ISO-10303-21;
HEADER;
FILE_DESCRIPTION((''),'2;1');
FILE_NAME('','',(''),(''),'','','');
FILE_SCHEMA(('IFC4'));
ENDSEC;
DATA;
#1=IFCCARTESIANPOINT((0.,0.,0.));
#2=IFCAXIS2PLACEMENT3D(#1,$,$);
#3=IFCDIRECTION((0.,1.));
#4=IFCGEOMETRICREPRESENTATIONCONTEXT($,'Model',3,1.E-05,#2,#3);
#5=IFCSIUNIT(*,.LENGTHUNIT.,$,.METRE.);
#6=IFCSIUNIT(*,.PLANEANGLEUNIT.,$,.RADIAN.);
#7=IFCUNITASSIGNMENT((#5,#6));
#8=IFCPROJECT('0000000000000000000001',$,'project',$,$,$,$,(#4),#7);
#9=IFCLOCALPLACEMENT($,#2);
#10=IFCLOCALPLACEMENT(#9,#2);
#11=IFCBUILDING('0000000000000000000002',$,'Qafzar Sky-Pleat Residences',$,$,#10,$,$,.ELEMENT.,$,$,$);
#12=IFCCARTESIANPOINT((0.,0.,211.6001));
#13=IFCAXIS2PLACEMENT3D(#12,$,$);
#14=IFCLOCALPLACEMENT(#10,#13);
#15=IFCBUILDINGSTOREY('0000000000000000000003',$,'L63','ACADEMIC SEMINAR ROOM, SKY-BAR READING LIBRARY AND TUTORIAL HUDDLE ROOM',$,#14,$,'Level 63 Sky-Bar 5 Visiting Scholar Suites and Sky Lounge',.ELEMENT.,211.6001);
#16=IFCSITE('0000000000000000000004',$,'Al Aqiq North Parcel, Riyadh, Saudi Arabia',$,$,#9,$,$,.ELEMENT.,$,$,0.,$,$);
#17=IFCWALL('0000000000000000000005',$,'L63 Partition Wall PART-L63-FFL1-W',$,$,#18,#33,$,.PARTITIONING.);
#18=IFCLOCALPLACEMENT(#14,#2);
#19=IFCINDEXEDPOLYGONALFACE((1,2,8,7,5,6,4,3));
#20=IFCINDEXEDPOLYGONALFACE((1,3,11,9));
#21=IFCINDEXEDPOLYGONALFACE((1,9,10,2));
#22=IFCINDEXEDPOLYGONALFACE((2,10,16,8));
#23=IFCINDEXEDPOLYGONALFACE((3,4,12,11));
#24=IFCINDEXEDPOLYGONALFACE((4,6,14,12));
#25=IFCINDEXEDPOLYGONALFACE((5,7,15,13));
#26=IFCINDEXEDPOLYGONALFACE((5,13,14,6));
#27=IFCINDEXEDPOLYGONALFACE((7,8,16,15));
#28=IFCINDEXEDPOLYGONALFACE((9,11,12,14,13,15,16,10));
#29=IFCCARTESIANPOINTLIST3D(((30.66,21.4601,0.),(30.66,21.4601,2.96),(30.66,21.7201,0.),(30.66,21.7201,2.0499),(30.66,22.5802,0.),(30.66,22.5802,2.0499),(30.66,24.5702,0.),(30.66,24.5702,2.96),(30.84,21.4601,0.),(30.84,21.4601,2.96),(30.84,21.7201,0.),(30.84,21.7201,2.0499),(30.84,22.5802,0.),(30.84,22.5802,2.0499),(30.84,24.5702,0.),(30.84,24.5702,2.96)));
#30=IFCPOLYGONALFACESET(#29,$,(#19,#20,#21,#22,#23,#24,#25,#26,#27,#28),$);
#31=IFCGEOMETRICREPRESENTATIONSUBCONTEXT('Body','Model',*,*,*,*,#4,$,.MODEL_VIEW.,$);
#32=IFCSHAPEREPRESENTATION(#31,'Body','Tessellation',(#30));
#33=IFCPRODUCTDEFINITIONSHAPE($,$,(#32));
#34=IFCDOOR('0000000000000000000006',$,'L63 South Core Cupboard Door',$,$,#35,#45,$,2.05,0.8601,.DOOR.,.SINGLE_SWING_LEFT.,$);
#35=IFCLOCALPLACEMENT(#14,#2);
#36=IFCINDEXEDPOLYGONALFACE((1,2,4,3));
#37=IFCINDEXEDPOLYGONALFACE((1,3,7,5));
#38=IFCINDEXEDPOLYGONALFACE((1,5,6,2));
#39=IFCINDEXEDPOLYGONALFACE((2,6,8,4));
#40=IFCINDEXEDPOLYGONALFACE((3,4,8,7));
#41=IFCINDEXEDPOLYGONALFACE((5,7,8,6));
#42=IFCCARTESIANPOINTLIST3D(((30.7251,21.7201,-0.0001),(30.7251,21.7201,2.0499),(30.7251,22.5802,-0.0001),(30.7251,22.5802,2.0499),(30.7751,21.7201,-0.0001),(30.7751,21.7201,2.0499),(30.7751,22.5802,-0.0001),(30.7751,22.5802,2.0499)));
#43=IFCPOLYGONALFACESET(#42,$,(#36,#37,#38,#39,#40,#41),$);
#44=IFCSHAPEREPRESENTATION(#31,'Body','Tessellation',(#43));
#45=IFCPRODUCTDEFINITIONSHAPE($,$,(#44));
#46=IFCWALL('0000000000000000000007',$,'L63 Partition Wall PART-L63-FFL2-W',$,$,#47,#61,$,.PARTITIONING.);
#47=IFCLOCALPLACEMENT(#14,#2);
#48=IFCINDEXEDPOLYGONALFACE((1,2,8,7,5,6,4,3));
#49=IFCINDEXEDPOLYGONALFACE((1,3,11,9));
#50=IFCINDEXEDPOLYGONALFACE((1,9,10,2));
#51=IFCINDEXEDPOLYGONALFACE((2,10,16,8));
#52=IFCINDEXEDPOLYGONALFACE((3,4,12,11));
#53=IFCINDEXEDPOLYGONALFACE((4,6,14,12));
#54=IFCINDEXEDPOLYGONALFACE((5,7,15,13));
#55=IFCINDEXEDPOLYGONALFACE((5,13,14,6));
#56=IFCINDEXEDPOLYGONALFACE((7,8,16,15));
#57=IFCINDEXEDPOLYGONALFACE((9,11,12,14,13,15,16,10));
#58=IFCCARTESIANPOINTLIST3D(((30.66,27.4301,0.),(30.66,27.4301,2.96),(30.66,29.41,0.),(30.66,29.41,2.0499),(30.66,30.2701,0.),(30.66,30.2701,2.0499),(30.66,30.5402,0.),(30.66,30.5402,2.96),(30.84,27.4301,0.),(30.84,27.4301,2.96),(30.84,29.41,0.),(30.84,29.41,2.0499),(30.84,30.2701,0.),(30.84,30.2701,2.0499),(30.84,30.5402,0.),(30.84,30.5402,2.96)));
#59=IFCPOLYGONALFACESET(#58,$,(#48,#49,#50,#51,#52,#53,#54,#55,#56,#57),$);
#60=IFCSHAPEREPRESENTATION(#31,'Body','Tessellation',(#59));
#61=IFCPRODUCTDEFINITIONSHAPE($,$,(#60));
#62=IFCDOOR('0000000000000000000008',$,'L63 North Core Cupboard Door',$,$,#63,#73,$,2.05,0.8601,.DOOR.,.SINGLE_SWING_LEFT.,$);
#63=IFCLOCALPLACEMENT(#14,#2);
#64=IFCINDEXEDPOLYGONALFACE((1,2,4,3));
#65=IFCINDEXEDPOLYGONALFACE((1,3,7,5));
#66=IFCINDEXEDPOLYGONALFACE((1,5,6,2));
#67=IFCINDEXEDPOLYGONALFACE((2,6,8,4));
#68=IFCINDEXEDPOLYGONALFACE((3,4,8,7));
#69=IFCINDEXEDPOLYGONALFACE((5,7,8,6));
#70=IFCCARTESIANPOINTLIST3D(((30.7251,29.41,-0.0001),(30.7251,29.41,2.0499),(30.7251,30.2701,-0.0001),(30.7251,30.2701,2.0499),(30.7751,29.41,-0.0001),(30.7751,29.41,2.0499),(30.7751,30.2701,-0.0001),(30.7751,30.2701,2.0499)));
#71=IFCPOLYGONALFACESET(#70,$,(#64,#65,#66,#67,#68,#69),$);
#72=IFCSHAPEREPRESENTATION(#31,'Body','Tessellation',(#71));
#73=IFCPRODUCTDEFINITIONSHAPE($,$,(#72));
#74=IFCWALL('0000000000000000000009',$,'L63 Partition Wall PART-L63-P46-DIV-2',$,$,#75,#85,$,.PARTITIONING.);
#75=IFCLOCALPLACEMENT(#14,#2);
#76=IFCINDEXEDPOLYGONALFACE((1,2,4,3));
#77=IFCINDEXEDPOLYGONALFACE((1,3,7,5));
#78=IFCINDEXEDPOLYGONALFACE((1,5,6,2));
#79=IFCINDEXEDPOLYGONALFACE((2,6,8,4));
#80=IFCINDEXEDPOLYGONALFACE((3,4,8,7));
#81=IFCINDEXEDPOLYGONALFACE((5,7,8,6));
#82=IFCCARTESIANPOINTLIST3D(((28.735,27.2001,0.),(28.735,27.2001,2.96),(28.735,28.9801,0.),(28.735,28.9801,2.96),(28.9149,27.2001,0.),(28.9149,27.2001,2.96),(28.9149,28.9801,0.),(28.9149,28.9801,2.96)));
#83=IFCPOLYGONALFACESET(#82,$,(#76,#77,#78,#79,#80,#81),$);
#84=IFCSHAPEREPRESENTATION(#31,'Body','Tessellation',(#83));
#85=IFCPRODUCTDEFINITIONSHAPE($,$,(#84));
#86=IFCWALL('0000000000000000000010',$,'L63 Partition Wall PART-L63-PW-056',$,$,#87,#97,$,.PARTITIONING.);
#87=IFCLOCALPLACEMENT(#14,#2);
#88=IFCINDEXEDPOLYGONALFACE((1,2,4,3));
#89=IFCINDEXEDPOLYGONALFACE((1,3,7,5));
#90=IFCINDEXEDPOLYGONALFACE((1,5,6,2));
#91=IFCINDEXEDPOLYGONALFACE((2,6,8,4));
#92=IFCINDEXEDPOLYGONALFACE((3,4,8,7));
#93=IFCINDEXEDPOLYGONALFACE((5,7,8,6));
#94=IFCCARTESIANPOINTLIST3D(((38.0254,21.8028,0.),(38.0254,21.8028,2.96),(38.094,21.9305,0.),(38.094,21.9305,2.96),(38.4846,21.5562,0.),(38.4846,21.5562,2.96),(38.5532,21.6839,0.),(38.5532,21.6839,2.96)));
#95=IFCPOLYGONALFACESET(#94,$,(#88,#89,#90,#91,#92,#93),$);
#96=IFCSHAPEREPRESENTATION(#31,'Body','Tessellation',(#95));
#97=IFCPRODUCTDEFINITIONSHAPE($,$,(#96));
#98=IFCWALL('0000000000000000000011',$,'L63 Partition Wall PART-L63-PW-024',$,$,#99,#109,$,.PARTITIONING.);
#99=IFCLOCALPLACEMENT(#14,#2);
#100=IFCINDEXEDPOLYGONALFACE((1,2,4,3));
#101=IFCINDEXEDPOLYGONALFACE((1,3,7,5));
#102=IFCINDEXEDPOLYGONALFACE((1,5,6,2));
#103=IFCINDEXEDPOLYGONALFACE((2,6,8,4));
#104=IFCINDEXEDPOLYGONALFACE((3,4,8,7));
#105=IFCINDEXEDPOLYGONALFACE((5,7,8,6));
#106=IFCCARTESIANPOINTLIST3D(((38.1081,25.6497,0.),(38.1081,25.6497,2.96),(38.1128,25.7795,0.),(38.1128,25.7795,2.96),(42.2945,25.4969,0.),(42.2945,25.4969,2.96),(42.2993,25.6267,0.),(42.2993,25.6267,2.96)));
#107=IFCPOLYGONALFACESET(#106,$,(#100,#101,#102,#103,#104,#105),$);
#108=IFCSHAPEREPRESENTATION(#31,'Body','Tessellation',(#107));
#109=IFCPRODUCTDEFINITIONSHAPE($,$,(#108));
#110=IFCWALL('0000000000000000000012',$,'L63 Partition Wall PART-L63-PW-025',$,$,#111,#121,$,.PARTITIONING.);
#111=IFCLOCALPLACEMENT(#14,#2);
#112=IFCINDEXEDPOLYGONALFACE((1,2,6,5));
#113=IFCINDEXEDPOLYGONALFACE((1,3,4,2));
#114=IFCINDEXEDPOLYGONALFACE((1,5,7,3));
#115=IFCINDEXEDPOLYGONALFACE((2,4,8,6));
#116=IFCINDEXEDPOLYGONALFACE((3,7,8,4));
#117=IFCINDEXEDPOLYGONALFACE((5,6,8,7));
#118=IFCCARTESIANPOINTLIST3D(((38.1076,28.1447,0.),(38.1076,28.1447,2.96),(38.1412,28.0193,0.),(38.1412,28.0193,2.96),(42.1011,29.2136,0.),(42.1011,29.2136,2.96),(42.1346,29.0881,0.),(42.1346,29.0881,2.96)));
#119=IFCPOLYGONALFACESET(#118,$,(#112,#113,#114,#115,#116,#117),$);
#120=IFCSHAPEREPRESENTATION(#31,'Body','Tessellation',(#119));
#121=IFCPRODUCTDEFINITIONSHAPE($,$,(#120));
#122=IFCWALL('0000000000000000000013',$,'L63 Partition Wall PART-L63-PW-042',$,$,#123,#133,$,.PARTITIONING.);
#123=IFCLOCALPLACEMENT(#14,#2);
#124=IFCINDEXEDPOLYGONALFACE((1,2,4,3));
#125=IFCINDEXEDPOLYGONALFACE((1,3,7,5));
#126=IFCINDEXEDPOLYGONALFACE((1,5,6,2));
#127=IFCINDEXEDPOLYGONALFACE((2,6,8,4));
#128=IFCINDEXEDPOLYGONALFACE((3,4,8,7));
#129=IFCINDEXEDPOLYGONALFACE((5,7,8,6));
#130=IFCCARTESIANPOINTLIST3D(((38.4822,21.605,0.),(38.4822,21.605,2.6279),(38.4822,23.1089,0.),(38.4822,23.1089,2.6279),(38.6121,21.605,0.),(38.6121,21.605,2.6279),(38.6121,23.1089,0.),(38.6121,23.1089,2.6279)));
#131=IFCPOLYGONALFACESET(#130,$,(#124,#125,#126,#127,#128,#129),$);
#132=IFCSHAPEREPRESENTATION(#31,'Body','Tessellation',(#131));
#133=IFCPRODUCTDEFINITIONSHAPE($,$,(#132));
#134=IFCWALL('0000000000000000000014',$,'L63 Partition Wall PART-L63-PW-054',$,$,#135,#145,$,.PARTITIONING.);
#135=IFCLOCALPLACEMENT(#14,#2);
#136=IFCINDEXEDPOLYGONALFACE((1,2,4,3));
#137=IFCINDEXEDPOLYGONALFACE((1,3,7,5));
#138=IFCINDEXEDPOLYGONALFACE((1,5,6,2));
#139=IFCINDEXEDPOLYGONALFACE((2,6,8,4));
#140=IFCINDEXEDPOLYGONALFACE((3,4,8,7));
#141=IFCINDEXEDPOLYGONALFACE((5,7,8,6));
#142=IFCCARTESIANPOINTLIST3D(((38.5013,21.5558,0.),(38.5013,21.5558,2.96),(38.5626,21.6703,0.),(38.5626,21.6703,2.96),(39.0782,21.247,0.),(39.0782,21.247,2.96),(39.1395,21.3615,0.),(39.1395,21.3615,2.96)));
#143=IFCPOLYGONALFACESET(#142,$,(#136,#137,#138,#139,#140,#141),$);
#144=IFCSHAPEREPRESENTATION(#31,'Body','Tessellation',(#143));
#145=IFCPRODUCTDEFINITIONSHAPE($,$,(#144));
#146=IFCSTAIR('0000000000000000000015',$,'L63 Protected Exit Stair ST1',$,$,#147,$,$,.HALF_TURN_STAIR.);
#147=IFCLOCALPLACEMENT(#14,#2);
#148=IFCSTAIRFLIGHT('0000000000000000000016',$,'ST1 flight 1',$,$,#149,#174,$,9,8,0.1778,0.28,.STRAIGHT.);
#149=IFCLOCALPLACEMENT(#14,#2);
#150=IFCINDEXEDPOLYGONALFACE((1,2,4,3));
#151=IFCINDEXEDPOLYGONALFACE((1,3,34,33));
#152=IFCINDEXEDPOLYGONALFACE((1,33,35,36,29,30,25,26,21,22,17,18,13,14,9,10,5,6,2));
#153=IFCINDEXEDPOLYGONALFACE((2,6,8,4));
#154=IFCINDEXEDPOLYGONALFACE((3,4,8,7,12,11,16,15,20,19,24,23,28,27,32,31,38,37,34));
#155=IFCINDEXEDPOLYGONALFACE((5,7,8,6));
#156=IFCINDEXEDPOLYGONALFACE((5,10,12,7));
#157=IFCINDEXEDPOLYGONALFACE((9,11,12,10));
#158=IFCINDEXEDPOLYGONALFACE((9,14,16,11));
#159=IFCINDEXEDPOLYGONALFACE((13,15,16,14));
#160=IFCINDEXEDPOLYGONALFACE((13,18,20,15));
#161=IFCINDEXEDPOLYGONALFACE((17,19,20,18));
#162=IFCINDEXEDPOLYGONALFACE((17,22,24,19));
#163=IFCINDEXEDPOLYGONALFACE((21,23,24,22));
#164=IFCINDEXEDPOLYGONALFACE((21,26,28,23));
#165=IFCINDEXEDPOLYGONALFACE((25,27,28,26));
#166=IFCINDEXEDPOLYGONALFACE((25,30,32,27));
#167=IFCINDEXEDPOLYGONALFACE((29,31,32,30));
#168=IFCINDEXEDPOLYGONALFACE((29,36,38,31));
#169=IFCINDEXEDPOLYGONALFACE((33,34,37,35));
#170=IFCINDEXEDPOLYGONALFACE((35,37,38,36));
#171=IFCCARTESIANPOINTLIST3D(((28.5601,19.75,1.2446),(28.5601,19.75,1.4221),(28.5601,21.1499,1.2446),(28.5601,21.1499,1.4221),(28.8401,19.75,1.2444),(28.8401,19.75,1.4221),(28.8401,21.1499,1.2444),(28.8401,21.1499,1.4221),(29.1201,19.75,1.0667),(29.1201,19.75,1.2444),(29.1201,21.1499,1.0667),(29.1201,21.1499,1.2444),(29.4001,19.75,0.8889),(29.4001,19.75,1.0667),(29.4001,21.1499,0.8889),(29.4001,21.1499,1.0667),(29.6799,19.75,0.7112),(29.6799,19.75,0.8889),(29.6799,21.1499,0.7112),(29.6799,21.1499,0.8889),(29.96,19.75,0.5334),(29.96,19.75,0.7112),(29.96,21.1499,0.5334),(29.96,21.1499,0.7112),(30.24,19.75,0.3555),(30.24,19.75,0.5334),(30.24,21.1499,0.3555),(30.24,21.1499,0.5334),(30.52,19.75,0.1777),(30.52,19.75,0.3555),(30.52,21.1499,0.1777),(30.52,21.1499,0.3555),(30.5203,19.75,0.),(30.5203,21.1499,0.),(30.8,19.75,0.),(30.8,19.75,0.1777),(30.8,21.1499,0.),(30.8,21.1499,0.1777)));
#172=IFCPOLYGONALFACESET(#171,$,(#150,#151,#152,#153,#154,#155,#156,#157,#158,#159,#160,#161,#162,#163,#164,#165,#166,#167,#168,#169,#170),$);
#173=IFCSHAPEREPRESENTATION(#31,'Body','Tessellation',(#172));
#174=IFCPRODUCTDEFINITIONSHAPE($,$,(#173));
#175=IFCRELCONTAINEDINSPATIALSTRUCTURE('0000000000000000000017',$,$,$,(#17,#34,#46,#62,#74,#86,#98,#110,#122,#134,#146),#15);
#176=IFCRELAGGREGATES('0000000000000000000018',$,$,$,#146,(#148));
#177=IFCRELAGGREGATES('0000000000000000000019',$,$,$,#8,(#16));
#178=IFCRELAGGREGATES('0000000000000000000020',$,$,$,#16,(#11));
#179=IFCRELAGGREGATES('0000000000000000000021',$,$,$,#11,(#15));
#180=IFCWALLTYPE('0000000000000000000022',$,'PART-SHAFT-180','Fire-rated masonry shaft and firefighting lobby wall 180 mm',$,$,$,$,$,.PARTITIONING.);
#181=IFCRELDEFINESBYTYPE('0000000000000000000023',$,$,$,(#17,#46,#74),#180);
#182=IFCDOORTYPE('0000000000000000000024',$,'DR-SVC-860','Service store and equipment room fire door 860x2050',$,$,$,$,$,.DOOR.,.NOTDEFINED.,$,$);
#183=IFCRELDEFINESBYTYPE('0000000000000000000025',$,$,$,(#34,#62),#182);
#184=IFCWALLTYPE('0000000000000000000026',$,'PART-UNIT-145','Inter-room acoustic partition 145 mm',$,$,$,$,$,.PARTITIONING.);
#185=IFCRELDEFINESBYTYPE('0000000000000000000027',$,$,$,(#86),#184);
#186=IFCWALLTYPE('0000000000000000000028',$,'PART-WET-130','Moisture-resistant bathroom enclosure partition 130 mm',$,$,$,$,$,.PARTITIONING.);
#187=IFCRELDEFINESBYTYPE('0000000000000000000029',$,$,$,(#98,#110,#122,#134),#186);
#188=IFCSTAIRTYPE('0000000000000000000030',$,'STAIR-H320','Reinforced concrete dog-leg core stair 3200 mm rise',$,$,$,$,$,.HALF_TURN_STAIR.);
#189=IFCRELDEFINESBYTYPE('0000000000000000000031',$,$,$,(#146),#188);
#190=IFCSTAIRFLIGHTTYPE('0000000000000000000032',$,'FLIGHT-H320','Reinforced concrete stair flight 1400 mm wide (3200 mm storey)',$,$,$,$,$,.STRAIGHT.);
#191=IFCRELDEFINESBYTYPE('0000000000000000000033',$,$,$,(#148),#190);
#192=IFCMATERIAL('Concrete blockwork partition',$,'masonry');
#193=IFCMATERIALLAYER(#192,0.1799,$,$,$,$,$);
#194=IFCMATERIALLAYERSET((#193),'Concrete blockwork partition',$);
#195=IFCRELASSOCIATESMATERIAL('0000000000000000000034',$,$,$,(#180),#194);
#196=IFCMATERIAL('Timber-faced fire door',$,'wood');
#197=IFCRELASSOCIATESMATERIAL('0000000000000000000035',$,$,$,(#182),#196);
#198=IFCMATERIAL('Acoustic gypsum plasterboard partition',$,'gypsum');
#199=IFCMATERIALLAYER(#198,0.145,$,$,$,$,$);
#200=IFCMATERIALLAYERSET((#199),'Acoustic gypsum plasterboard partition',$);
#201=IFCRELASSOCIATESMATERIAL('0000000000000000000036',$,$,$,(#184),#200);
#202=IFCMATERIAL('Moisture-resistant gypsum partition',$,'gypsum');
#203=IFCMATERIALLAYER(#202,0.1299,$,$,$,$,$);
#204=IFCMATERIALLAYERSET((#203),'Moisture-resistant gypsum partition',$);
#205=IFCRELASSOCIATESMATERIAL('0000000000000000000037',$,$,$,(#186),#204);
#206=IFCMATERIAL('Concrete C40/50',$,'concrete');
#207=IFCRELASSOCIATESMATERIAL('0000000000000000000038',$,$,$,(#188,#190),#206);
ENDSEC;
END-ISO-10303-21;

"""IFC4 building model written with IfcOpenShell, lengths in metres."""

from ifc_helpers import new_model, si_unit, direction, frame, frame_2d, origin, place, context, subcontext, project, spatial, polyline, rectangle, outline, extrude, source, transform, mapped, material, layer, layer_set, type_object, element, fill, aggregate, save


model = new_model("IFC4")

# Units and contexts
model_context = context("Model", 3, precision=1e-05, world=origin(), true_north=direction((0.0, 1.0)))
body_context = subcontext(model_context, "Body", "Model", "MODEL_VIEW")
ifc_project = project(units=[si_unit("LENGTHUNIT", "METRE"), si_unit("PLANEANGLEUNIT", "RADIAN")], contexts=[model_context])

# Site, building, storey
site_placement = place(None, origin())
site = spatial("IfcSite", under=ifc_project, at=site_placement, Name="Al Aqiq North Parcel, Riyadh, Saudi Arabia", CompositionType="ELEMENT", RefElevation=0.0)
building_placement = place(site_placement, origin())
building = spatial("IfcBuilding", under=site, at=building_placement, Name="Qafzar Sky-Pleat Residences", CompositionType="ELEMENT")
storey_placement = place(building_placement, frame((0.0, 0.0, 211.6001)))
storey = spatial("IfcBuildingStorey", under=building, at=storey_placement, Name="L63", Description="ACADEMIC SEMINAR ROOM, SKY-BAR READING LIBRARY AND TUTORIAL HUDDLE ROOM", LongName="Level 63 Sky-Bar 5 Visiting Scholar Suites and Sky Lounge", CompositionType="ELEMENT", Elevation=211.6001)

# Shared definitions
ifc_material_1 = material(Name="Acoustic gypsum plasterboard partition", Category="gypsum")
ifc_material_2 = material(Name="Timber-faced fire door", Category="wood")

# Walls, openings, doors
ifc_material_3 = material(Name="Concrete blockwork partition", Category="masonry")
ifc_layer_1 = layer(ifc_material_3, 0.1799)
ifc_layer_set_1 = layer_set([ifc_layer_1], Name="Concrete blockwork partition")
wall_type_1 = type_object("IfcWallType", Name="PART-SHAFT-180", Description="Fire-rated masonry shaft and firefighting lobby wall 180 mm", PredefinedType="PARTITIONING", material=ifc_layer_set_1)
wall_1_placement = place(storey_placement, frame((30.75, 21.46, 0.0), z_axis=(0.0, 0.0, 1.0), x_axis=(0.0, 1.0, 0.0)))
wall_1 = element("IfcWall", 1, at=wall_1_placement, inside=storey, type_object=wall_type_1, Name="L63 Partition Wall PART-L63-FFL1-W", PredefinedType="PARTITIONING", context=body_context, shape_type="SweptSolid", body=[
    extrude(rectangle(XDim=3.1101, YDim=0.1799, at=frame_2d((1.5552, 0.0))), origin(), (0.0, 0.0, 1.0), 2.96),
])
opening_1_placement = place(wall_1_placement, frame((0.26, 0.0, 0.0)))
opening_1 = element("IfcOpeningElement", 2, at=opening_1_placement, cuts=wall_1, PredefinedType="OPENING", context=body_context, shape_type="SweptSolid", body=[
    extrude(rectangle(XDim=0.8601, YDim=2.05, at=frame_2d((0.4302, 1.0249))), frame((0.0, 0.1001, 0.0), z_axis=(0.0, -1.0, 0.0), x_axis=(1.0, 0.0, 0.0)), (0.0, 0.0, 1.0), 0.2),
])
door_type_1 = type_object("IfcDoorType", Name="DR-SVC-860", Description="Service store and equipment room fire door 860x2050", OperationType="NOTDEFINED", PredefinedType="DOOR", material=ifc_material_2)
shared_shape_1 = source(origin(), body_context, "Body", "SweptSolid", [
    extrude(rectangle(XDim=0.8601, YDim=2.05, at=frame_2d((0.4302, 1.0249))), frame((0.0, 0.0249, 0.0), z_axis=(0.0, -1.0, 0.0), x_axis=(1.0, 0.0, 0.0)), (0.0, 0.0, 1.0), 0.05),
])
door_1_placement = place(opening_1_placement, origin())
door_1 = element("IfcDoor", 3, at=door_1_placement, inside=storey, type_object=door_type_1, Name="L63 South Core Cupboard Door", OperationType="SINGLE_SWING_LEFT", OverallHeight=2.05, OverallWidth=0.8601, PredefinedType="DOOR", context=body_context, shape_type="MappedRepresentation", body=[
    mapped(shared_shape_1, transform((0.0, 0.0, 0.0), x_axis=(1.0, 0.0, 0.0), y_axis=(0.0, 1.0, 0.0), z_axis=(0.0, 0.0, 1.0), scale=1.0)),
])
fill(opening_1, door_1)
wall_2_placement = place(storey_placement, frame((30.75, 27.4299, 0.0), z_axis=(0.0, 0.0, 1.0), x_axis=(0.0, 1.0, 0.0)))
wall_2 = element("IfcWall", 4, at=wall_2_placement, inside=storey, type_object=wall_type_1, Name="L63 Partition Wall PART-L63-FFL2-W", PredefinedType="PARTITIONING", context=body_context, shape_type="SweptSolid", body=[
    extrude(rectangle(XDim=3.1101, YDim=0.1799, at=frame_2d((1.5552, 0.0))), origin(), (0.0, 0.0, 1.0), 2.96),
])
opening_2_placement = place(wall_2_placement, frame((1.98, 0.0, 0.0)))
opening_2 = element("IfcOpeningElement", 5, at=opening_2_placement, cuts=wall_2, PredefinedType="OPENING", context=body_context, shape_type="SweptSolid", body=[
    extrude(rectangle(XDim=0.8601, YDim=2.05, at=frame_2d((0.4302, 1.0249))), frame((0.0, 0.1001, 0.0), z_axis=(0.0, -1.0, 0.0), x_axis=(1.0, 0.0, 0.0)), (0.0, 0.0, 1.0), 0.2),
])
door_2_placement = place(opening_2_placement, origin())
door_2 = element("IfcDoor", 6, at=door_2_placement, inside=storey, type_object=door_type_1, Name="L63 North Core Cupboard Door", OperationType="SINGLE_SWING_LEFT", OverallHeight=2.05, OverallWidth=0.8601, PredefinedType="DOOR", context=body_context, shape_type="MappedRepresentation", body=[
    mapped(shared_shape_1, transform((0.0, 0.0, 0.0), x_axis=(1.0, 0.0, 0.0), y_axis=(0.0, 1.0, 0.0), z_axis=(0.0, 0.0, 1.0), scale=1.0)),
])
fill(opening_2, door_2)

# Walls
wall_3_placement = place(storey_placement, frame((28.825, 27.2, 0.0), z_axis=(0.0, 0.0, 1.0), x_axis=(0.0, 1.0, 0.0)))
element("IfcWall", 7, at=wall_3_placement, inside=storey, type_object=wall_type_1, Name="L63 Partition Wall PART-L63-P46-DIV-2", PredefinedType="PARTITIONING", context=body_context, shape_type="SweptSolid", body=[
    extrude(rectangle(XDim=1.78, YDim=0.1799, at=frame_2d((0.8901, 0.0))), origin(), (0.0, 0.0, 1.0), 2.96),
])
ifc_layer_2 = layer(ifc_material_1, 0.145)
ifc_layer_set_2 = layer_set([ifc_layer_2], Name="Acoustic gypsum plasterboard partition")
wall_type_2 = type_object("IfcWallType", Name="PART-UNIT-145", Description="Inter-room acoustic partition 145 mm", PredefinedType="PARTITIONING", material=ifc_layer_set_2)
wall_4_placement = place(storey_placement, frame((38.0596, 21.8667, 0.0), z_axis=(0.0, 0.0, 1.0), x_axis=(0.881027, -0.473066, 0.0)))
element("IfcWall", 8, at=wall_4_placement, inside=storey, type_object=wall_type_2, Name="L63 Partition Wall PART-L63-PW-056", PredefinedType="PARTITIONING", context=body_context, shape_type="SweptSolid", body=[
    extrude(rectangle(XDim=0.5212, YDim=0.145, at=frame_2d((0.2607, 0.0))), origin(), (0.0, 0.0, 1.0), 2.96),
])
ifc_material_4 = material(Name="Moisture-resistant gypsum partition", Category="gypsum")
ifc_layer_3 = layer(ifc_material_4, 0.1299)
ifc_layer_set_3 = layer_set([ifc_layer_3], Name="Moisture-resistant gypsum partition")
wall_type_3 = type_object("IfcWallType", Name="PART-WET-130", Description="Moisture-resistant bathroom enclosure partition 130 mm", PredefinedType="PARTITIONING", material=ifc_layer_set_3)
wall_5_placement = place(storey_placement, frame((38.1104, 25.7146, 0.0), z_axis=(0.0, 0.0, 1.0), x_axis=(0.999334, -0.036481, 0.0)))
element("IfcWall", 9, at=wall_5_placement, inside=storey, type_object=wall_type_3, Name="L63 Partition Wall PART-L63-PW-024", PredefinedType="PARTITIONING", context=body_context, shape_type="SweptSolid", body=[
    extrude(rectangle(XDim=4.1892, YDim=0.1299, at=frame_2d((2.0947, 0.0))), origin(), (0.0, 0.0, 1.0), 2.96),
])
wall_6_placement = place(storey_placement, frame((38.1245, 28.082, 0.0), z_axis=(0.0, 0.0, 1.0), x_axis=(0.965997, 0.258552, 0.0)))
element("IfcWall", 10, at=wall_6_placement, inside=storey, type_object=wall_type_3, Name="L63 Partition Wall PART-L63-PW-025", PredefinedType="PARTITIONING", context=body_context, shape_type="SweptSolid", body=[
    extrude(rectangle(XDim=4.134, YDim=0.1299, at=frame_2d((2.0669, 0.0))), origin(), (0.0, 0.0, 1.0), 2.96),
])
wall_7_placement = place(storey_placement, frame((38.5471, 21.605, 0.0), z_axis=(0.0, 0.0, 1.0), x_axis=(0.0, 1.0, 0.0)))
element("IfcWall", 11, at=wall_7_placement, inside=storey, type_object=wall_type_3, Name="L63 Partition Wall PART-L63-PW-042", PredefinedType="PARTITIONING", context=body_context, shape_type="SweptSolid", body=[
    extrude(rectangle(XDim=1.5039, YDim=0.1299, at=frame_2d((0.752, 0.0))), origin(), (0.0, 0.0, 1.0), 2.6279),
])
wall_8_placement = place(storey_placement, frame((38.532, 21.613, 0.0), z_axis=(0.0, 0.0, 1.0), x_axis=(0.881619, -0.471963, 0.0)))
element("IfcWall", 12, at=wall_8_placement, inside=storey, type_object=wall_type_3, Name="L63 Partition Wall PART-L63-PW-054", PredefinedType="PARTITIONING", context=body_context, shape_type="SweptSolid", body=[
    extrude(rectangle(XDim=0.6543, YDim=0.1299, at=frame_2d((0.3271, 0.0))), origin(), (0.0, 0.0, 1.0), 2.96),
])

# Stair, stair flight
ifc_material_5 = material(Name="Concrete C40/50", Category="concrete")
stair_type = type_object("IfcStairType", Name="STAIR-H320", Description="Reinforced concrete dog-leg core stair 3200 mm rise", PredefinedType="HALF_TURN_STAIR", material=ifc_material_5)
stair_placement = place(storey_placement, origin())
stair = element("IfcStair", 13, at=stair_placement, inside=storey, type_object=stair_type, Name="L63 Protected Exit Stair ST1", PredefinedType="HALF_TURN_STAIR")
stair_flight_type = type_object("IfcStairFlightType", Name="FLIGHT-H320", Description="Reinforced concrete stair flight 1400 mm wide (3200 mm storey)", PredefinedType="STRAIGHT", material=ifc_material_5)
shared_shape_2 = source(origin(), body_context, "Body", "SweptSolid", [
    extrude(outline(polyline([(0.0, 0.0), (0.0, 0.1777), (0.28, 0.1777), (0.28, 0.3555), (0.5601, 0.3555), (0.5601, 0.5334), (0.8401, 0.5334), (0.8401, 0.7112), (1.1201, 0.7112), (1.1201, 0.8889), (1.3999, 0.8889), (1.3999, 1.0667), (1.6799, 1.0667), (1.6799, 1.2444), (1.96, 1.2444), (1.96, 1.4221), (2.24, 1.4221), (2.24, 1.6001), (2.24, 1.2446), (0.2798, 0.0), (0.0, 0.0)])), frame((0.0, 0.7, 0.0), z_axis=(0.0, -1.0, 0.0), x_axis=(1.0, 0.0, 0.0)), (0.0, 0.0, 1.0), 1.3999),
])
stair_flight_placement = place(storey_placement, frame((30.8, 20.45, 0.0), z_axis=(0.0, 0.0, 1.0), x_axis=(-1.0, 0.0, 0.0)))
stair_flight = element("IfcStairFlight", 14, at=stair_flight_placement, type_object=stair_flight_type, Name="ST1 flight 1", NumberOfRisers=9, NumberOfTreads=8, PredefinedType="STRAIGHT", RiserHeight=0.1778, TreadLength=0.28, context=body_context, shape_type="MappedRepresentation", body=[
    mapped(shared_shape_2, transform((0.0, 0.0, 0.0), x_axis=(1.0, 0.0, 0.0), y_axis=(0.0, 1.0, 0.0), z_axis=(0.0, 0.0, 1.0), scale=1.0)),
])
aggregate(stair, [stair_flight])

save(model, "model.ifc")
